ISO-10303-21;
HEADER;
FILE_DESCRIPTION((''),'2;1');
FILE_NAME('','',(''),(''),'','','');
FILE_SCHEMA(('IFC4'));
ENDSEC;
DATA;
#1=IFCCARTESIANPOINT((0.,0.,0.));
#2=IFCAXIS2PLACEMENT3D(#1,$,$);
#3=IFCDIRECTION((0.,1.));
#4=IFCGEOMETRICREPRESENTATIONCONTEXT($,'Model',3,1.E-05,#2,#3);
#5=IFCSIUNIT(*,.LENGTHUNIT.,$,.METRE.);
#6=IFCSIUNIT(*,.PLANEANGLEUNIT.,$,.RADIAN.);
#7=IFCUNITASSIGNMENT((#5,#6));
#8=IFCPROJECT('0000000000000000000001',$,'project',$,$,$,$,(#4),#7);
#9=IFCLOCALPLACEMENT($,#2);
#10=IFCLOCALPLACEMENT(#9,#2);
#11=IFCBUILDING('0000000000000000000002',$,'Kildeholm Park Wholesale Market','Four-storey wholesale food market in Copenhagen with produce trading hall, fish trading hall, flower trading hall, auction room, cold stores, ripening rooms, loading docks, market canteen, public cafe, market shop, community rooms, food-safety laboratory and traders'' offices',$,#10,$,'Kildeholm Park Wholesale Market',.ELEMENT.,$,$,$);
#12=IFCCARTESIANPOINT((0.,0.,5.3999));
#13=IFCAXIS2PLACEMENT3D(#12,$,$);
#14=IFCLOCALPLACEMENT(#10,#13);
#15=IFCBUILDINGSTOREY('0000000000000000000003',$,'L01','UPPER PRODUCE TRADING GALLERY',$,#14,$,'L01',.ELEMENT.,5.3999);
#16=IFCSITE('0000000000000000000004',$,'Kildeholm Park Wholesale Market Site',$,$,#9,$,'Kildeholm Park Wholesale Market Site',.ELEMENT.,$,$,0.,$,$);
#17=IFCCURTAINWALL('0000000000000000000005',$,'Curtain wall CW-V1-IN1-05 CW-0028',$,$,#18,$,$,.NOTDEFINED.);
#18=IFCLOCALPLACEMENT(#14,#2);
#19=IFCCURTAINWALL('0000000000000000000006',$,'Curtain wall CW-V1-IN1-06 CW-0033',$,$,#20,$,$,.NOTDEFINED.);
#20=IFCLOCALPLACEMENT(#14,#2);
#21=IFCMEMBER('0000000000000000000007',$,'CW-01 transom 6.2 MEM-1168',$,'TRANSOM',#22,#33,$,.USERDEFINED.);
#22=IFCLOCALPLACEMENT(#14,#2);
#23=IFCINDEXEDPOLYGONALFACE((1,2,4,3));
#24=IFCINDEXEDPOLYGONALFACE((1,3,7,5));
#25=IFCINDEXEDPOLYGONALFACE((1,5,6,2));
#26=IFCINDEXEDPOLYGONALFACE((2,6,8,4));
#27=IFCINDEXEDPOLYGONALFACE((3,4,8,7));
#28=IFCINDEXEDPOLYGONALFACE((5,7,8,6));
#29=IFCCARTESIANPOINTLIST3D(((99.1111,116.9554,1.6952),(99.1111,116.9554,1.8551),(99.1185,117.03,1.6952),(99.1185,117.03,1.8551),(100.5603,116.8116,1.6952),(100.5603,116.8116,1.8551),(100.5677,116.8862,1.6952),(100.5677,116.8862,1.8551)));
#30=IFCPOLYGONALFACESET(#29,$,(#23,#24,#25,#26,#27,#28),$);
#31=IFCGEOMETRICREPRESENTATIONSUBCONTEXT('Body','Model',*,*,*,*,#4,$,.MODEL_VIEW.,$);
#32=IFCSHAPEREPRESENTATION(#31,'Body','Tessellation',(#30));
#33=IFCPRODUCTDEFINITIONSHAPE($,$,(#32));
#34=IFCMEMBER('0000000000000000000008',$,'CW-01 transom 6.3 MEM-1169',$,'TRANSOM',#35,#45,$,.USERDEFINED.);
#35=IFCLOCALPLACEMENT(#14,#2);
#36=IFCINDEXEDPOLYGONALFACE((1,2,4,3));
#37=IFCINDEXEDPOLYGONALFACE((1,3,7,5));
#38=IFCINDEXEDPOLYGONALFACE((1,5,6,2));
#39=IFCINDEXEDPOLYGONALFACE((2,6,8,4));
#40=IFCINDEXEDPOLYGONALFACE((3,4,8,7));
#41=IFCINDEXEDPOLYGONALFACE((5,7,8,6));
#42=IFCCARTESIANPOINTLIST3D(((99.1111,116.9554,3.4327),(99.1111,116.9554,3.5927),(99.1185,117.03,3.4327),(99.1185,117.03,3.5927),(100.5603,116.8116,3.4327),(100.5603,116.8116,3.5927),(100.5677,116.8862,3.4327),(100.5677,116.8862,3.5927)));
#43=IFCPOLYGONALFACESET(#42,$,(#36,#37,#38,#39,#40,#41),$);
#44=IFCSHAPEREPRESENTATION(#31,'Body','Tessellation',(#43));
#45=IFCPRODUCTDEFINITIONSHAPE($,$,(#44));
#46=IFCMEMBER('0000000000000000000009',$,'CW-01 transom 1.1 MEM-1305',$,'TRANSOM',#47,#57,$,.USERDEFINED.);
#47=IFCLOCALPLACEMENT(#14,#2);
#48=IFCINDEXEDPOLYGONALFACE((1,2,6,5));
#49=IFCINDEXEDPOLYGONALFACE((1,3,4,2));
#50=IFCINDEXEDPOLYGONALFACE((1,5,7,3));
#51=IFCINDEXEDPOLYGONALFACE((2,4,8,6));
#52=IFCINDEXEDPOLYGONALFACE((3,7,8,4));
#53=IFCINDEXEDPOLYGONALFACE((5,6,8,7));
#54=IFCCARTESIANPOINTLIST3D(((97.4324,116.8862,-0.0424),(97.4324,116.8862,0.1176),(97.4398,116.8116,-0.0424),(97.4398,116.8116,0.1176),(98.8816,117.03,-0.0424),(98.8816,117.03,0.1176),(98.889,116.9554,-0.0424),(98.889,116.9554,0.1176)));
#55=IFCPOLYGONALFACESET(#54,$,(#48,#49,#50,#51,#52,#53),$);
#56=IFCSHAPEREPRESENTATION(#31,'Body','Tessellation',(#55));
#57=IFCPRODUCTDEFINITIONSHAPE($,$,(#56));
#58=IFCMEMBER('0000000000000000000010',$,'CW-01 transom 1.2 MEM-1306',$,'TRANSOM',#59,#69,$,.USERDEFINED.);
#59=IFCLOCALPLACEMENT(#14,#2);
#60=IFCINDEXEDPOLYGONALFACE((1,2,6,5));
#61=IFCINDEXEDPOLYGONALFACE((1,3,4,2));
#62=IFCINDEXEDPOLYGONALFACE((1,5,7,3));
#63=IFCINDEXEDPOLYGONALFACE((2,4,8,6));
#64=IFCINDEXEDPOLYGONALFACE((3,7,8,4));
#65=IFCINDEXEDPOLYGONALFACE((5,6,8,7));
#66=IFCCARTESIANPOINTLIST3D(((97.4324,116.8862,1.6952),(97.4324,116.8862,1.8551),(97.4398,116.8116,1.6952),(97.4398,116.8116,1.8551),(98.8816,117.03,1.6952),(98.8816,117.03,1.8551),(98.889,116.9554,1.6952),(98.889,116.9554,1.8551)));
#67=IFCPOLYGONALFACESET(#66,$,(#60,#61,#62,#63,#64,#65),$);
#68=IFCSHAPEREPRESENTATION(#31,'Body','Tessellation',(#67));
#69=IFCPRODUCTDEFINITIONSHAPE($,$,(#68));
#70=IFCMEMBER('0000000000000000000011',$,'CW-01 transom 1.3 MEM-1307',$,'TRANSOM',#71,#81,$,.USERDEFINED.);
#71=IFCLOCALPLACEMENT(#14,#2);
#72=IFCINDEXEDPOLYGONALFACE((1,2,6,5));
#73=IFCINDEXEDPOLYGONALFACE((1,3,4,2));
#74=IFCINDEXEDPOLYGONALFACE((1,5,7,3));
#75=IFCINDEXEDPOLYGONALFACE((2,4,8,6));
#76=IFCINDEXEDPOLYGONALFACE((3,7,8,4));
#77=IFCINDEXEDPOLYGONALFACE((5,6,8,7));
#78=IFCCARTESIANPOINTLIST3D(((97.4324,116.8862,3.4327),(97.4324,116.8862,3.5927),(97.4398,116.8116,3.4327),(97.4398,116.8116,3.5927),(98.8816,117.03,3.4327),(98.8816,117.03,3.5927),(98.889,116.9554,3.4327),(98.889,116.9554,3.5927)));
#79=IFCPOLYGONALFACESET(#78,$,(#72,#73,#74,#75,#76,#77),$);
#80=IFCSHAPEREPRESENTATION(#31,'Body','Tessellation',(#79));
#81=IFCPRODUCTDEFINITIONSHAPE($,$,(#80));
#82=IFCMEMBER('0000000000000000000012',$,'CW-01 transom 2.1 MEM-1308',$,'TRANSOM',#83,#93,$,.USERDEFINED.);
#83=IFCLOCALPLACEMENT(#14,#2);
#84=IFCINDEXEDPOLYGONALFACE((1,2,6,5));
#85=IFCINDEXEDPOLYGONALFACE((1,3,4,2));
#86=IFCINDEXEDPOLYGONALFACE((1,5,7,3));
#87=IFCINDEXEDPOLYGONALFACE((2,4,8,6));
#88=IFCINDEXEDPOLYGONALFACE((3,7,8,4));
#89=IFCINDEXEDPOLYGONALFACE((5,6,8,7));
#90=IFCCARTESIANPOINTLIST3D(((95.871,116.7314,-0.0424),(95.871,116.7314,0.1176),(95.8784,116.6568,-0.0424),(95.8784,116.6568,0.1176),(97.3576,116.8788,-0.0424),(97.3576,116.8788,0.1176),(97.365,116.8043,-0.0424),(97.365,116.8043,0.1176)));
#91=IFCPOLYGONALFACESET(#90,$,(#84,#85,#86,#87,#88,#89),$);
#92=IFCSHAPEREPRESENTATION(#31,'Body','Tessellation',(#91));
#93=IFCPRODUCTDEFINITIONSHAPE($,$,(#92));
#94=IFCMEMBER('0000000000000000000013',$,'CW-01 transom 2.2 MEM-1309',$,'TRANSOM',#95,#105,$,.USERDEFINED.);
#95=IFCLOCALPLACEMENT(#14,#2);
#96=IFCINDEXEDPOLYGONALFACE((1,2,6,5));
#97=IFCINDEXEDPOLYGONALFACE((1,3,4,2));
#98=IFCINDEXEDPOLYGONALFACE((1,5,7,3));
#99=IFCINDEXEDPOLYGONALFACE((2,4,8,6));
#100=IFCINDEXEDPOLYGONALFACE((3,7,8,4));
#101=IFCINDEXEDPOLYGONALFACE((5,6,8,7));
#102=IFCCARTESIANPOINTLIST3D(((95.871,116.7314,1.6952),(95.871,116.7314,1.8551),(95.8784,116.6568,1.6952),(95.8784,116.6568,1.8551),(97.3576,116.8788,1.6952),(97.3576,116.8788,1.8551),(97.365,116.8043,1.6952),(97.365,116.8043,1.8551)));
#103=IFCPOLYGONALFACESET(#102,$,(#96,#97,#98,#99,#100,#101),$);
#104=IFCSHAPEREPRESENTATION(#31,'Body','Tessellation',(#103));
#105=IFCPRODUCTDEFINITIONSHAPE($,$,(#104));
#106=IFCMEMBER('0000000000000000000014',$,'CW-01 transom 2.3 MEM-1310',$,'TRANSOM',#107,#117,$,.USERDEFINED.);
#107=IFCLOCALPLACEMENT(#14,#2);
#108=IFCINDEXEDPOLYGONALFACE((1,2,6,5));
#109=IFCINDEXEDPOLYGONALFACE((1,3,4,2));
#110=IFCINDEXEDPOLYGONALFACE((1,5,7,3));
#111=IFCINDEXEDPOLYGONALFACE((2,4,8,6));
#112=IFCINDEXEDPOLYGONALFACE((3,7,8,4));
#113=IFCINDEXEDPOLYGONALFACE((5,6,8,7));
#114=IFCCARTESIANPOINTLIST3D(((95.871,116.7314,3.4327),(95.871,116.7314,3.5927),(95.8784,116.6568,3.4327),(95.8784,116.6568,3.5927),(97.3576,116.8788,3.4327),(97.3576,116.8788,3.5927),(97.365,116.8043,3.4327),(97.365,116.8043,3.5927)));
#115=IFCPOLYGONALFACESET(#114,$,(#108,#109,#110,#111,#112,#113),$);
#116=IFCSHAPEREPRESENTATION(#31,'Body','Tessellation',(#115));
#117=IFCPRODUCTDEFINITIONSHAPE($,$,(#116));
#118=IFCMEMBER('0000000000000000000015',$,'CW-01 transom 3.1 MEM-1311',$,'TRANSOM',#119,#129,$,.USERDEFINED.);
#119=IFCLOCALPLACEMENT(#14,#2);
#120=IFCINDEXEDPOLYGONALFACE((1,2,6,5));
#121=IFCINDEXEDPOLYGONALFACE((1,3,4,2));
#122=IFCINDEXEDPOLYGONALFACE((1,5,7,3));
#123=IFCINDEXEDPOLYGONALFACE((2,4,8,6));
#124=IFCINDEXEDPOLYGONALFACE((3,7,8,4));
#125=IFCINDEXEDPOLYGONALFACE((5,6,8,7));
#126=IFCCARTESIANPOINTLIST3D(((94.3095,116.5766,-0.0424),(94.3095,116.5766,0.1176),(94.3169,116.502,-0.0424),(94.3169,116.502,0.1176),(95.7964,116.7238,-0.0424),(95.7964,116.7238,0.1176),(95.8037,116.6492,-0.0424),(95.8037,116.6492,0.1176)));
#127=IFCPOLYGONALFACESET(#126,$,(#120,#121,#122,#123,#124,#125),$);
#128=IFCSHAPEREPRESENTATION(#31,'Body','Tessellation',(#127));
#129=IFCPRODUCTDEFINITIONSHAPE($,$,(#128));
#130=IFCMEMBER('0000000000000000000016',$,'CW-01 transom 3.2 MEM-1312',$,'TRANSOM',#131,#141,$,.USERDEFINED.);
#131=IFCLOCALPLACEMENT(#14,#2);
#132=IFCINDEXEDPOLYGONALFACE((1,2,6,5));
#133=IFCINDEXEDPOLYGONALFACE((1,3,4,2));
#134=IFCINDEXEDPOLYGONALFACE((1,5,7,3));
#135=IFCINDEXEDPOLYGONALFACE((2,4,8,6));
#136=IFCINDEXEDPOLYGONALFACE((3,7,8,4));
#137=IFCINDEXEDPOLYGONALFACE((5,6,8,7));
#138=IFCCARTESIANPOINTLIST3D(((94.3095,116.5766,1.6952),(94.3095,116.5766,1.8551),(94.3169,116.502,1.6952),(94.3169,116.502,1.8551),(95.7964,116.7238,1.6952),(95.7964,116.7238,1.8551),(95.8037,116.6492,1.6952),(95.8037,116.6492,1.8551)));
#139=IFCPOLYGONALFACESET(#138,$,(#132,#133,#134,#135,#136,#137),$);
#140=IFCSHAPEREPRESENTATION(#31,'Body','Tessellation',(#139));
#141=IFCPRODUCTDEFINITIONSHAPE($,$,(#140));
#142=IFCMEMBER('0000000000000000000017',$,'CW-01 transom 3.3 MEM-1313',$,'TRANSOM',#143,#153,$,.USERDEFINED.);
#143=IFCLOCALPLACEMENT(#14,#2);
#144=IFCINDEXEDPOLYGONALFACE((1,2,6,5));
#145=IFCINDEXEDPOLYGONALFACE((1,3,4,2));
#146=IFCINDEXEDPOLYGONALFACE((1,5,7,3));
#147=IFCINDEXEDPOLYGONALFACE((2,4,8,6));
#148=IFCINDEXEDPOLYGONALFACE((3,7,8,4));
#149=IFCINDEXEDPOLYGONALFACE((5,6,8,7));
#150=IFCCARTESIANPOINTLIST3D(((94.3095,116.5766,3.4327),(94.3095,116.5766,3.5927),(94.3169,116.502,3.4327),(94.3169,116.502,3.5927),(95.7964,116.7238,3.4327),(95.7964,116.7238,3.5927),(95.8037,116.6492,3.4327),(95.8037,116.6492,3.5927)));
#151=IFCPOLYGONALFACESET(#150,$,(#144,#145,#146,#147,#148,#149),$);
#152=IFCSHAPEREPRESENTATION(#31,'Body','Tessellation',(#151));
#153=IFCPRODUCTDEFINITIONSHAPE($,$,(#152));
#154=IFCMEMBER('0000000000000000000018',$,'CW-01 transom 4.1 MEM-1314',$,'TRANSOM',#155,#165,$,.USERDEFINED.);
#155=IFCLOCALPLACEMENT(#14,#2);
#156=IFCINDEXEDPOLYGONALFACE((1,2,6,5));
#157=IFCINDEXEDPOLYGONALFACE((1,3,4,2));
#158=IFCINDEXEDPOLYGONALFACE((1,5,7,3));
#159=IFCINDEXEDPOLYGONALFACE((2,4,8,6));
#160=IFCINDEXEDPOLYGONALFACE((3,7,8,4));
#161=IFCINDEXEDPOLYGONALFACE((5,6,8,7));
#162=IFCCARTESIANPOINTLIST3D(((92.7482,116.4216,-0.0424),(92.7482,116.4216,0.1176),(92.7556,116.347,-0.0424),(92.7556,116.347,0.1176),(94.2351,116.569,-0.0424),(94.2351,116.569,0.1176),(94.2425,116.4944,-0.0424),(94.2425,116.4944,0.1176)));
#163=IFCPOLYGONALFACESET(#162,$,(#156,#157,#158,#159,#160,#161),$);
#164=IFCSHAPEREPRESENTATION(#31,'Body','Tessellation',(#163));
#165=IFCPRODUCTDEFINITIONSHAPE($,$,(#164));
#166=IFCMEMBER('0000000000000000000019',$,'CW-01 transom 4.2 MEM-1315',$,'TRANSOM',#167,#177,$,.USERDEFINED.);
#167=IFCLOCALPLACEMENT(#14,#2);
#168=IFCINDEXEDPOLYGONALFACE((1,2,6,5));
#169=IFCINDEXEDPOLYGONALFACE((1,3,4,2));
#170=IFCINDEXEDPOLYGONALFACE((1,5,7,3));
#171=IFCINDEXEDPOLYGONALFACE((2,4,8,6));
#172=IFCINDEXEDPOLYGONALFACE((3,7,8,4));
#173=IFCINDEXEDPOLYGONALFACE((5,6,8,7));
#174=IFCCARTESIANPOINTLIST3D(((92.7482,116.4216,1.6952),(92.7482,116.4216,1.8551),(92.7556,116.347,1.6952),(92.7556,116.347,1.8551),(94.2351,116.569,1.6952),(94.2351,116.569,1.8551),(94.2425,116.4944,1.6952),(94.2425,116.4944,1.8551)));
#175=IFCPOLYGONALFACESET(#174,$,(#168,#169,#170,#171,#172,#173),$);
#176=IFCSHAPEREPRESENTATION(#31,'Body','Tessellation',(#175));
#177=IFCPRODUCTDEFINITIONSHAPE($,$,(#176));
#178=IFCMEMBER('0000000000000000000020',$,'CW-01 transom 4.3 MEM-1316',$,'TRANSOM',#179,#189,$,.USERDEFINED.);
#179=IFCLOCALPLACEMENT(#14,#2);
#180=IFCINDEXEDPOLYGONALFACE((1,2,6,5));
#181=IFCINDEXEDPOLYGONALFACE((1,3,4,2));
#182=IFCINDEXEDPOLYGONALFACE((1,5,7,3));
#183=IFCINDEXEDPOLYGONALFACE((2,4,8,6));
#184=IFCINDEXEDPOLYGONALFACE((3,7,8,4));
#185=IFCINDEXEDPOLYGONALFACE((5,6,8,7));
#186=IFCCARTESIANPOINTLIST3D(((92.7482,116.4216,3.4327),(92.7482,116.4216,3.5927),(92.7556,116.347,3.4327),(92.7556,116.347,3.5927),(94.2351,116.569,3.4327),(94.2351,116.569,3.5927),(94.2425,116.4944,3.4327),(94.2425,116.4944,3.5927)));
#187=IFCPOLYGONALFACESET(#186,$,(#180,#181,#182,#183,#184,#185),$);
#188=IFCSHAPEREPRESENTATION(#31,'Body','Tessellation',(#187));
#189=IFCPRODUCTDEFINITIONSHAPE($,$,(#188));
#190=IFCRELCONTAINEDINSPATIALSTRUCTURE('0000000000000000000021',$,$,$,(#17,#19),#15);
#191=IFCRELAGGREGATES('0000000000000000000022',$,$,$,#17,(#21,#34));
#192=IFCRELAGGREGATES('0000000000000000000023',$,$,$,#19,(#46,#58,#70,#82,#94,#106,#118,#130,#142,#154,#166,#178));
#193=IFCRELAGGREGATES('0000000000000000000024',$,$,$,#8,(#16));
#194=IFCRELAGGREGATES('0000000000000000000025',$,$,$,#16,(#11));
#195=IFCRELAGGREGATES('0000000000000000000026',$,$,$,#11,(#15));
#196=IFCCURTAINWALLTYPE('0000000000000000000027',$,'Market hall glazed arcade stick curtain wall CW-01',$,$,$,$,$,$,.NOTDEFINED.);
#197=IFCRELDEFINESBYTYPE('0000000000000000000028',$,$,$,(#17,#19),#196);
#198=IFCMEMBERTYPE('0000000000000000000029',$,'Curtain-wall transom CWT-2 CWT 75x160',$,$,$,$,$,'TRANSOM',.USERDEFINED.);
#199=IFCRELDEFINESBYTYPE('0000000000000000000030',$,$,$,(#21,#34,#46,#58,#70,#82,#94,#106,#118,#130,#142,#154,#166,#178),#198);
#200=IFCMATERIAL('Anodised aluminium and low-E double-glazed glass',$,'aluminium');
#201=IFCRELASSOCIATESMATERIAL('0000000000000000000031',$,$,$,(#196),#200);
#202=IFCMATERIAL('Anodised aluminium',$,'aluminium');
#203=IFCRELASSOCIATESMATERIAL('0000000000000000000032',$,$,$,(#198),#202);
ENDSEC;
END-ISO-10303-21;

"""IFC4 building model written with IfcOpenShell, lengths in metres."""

from ifc_helpers import new_model, si_unit, direction, frame, origin, origin_2d, place, context, subcontext, project, spatial, rectangle, extrude, material, material_profile, profile_set, type_object, element, aggregate, save


model = new_model("IFC4")

# Units and contexts
model_context = context("Model", 3, precision=1e-05, world=origin(), true_north=direction((0.0, 1.0)))
body_context = subcontext(model_context, "Body", "Model", "MODEL_VIEW")
ifc_project = project(units=[si_unit("LENGTHUNIT", "METRE"), si_unit("PLANEANGLEUNIT", "RADIAN")], contexts=[model_context])

# Site, building, storey
site_placement = place(None, origin())
site = spatial("IfcSite", under=ifc_project, at=site_placement, Name="Kildeholm Park Wholesale Market Site", LongName="Kildeholm Park Wholesale Market Site", CompositionType="ELEMENT", RefElevation=0.0)
building_placement = place(site_placement, origin())
building = spatial("IfcBuilding", under=site, at=building_placement, Name="Kildeholm Park Wholesale Market", Description="Four-storey wholesale food market in Copenhagen with produce trading hall, fish trading hall, flower trading hall, auction room, cold stores, ripening rooms, loading docks, market canteen, public cafe, market shop, community rooms, food-safety laboratory and traders' offices", LongName="Kildeholm Park Wholesale Market", CompositionType="ELEMENT")
storey_placement = place(building_placement, frame((0.0, 0.0, 5.3999)))
storey = spatial("IfcBuildingStorey", under=building, at=storey_placement, Name="L01", Description="UPPER PRODUCE TRADING GALLERY", LongName="L01", CompositionType="ELEMENT", Elevation=5.3999)

# Curtain walls
ifc_material_1 = material(Name="Anodised aluminium and low-E double-glazed glass", Category="aluminium")
curtain_wall_type = type_object("IfcCurtainWallType", Name="Market hall glazed arcade stick curtain wall CW-01", PredefinedType="NOTDEFINED", material=ifc_material_1)
curtain_wall_1_placement = place(storey_placement, origin())
curtain_wall_1 = element("IfcCurtainWall", 1, at=curtain_wall_1_placement, inside=storey, type_object=curtain_wall_type, Name="Curtain wall CW-V1-IN1-05 CW-0028", PredefinedType="NOTDEFINED")
ifc_material_2 = material(Name="Anodised aluminium", Category="aluminium")
curtain_wall_2_placement = place(storey_placement, origin())
curtain_wall_2 = element("IfcCurtainWall", 2, at=curtain_wall_2_placement, inside=storey, type_object=curtain_wall_type, Name="Curtain wall CW-V1-IN1-06 CW-0033", PredefinedType="NOTDEFINED")

# Members
ifc_material_profile_1 = material_profile(ifc_material_2, rectangle(XDim=0.075, YDim=0.1599, at=origin_2d()), Name="CWT 75x160")
ifc_profile_set_1 = profile_set([ifc_material_profile_1], Name="Anodised aluminium")
member_type_1 = type_object("IfcMemberType", Name="Curtain-wall transom CWT-2 CWT 75x160", ElementType="TRANSOM", PredefinedType="USERDEFINED", material=ifc_profile_set_1)
member_1_placement = place(storey_placement, frame((100.564, 116.8489, 1.7751), z_axis=(-0.995113, 0.09874, 0.0), x_axis=(-0.09874, -0.995113, 0.0)))
member_1 = element("IfcMember", 3, at=member_1_placement, type_object=member_type_1, Name="CW-01 transom 6.2 MEM-1168", ObjectType="TRANSOM", PredefinedType="USERDEFINED", context=body_context, shape_type="SweptSolid", body=[
    extrude(rectangle(XDim=0.075, YDim=0.1599, at=origin_2d()), origin(), (0.0, 0.0, 1.0), 1.4563),
])
member_2_placement = place(storey_placement, frame((100.564, 116.8489, 3.5127), z_axis=(-0.995113, 0.09874, 0.0), x_axis=(-0.09874, -0.995113, 0.0)))
member_2 = element("IfcMember", 4, at=member_2_placement, type_object=member_type_1, Name="CW-01 transom 6.3 MEM-1169", ObjectType="TRANSOM", PredefinedType="USERDEFINED", context=body_context, shape_type="SweptSolid", body=[
    extrude(rectangle(XDim=0.075, YDim=0.1599, at=origin_2d()), origin(), (0.0, 0.0, 1.0), 1.4563),
])
member_3_placement = place(storey_placement, frame((98.8853, 116.9927, 0.0376), z_axis=(-0.995113, -0.09874, 0.0), x_axis=(0.09874, -0.995113, 0.0)))
member_3 = element("IfcMember", 5, at=member_3_placement, type_object=member_type_1, Name="CW-01 transom 1.1 MEM-1305", ObjectType="TRANSOM", PredefinedType="USERDEFINED", context=body_context, shape_type="SweptSolid", body=[
    extrude(rectangle(XDim=0.075, YDim=0.1599, at=origin_2d()), origin(), (0.0, 0.0, 1.0), 1.4563),
])
member_4_placement = place(storey_placement, frame((98.8853, 116.9927, 1.7751), z_axis=(-0.995113, -0.09874, 0.0), x_axis=(0.09874, -0.995113, 0.0)))
member_4 = element("IfcMember", 6, at=member_4_placement, type_object=member_type_1, Name="CW-01 transom 1.2 MEM-1306", ObjectType="TRANSOM", PredefinedType="USERDEFINED", context=body_context, shape_type="SweptSolid", body=[
    extrude(rectangle(XDim=0.075, YDim=0.1599, at=origin_2d()), origin(), (0.0, 0.0, 1.0), 1.4563),
])
member_5_placement = place(storey_placement, frame((98.8853, 116.9927, 3.5127), z_axis=(-0.995113, -0.09874, 0.0), x_axis=(0.09874, -0.995113, 0.0)))
member_5 = element("IfcMember", 7, at=member_5_placement, type_object=member_type_1, Name="CW-01 transom 1.3 MEM-1307", ObjectType="TRANSOM", PredefinedType="USERDEFINED", context=body_context, shape_type="SweptSolid", body=[
    extrude(rectangle(XDim=0.075, YDim=0.1599, at=origin_2d()), origin(), (0.0, 0.0, 1.0), 1.4563),
])
member_6_placement = place(storey_placement, frame((97.3613, 116.8416, 0.0376), z_axis=(-0.995116, -0.098711, 0.0), x_axis=(0.098711, -0.995116, 0.0)))
member_6 = element("IfcMember", 8, at=member_6_placement, type_object=member_type_1, Name="CW-01 transom 2.1 MEM-1308", ObjectType="TRANSOM", PredefinedType="USERDEFINED", context=body_context, shape_type="SweptSolid", body=[
    extrude(rectangle(XDim=0.075, YDim=0.1599, at=origin_2d()), origin(), (0.0, 0.0, 1.0), 1.4939),
])
member_7_placement = place(storey_placement, frame((97.3613, 116.8416, 1.7751), z_axis=(-0.995116, -0.098711, 0.0), x_axis=(0.098711, -0.995116, 0.0)))
member_7 = element("IfcMember", 9, at=member_7_placement, type_object=member_type_1, Name="CW-01 transom 2.2 MEM-1309", ObjectType="TRANSOM", PredefinedType="USERDEFINED", context=body_context, shape_type="SweptSolid", body=[
    extrude(rectangle(XDim=0.075, YDim=0.1599, at=origin_2d()), origin(), (0.0, 0.0, 1.0), 1.4939),
])
member_8_placement = place(storey_placement, frame((97.3613, 116.8416, 3.5127), z_axis=(-0.995116, -0.098711, 0.0), x_axis=(0.098711, -0.995116, 0.0)))
member_8 = element("IfcMember", 10, at=member_8_placement, type_object=member_type_1, Name="CW-01 transom 2.3 MEM-1310", ObjectType="TRANSOM", PredefinedType="USERDEFINED", context=body_context, shape_type="SweptSolid", body=[
    extrude(rectangle(XDim=0.075, YDim=0.1599, at=origin_2d()), origin(), (0.0, 0.0, 1.0), 1.4939),
])
member_9_placement = place(storey_placement, frame((95.8, 116.6865, 0.0376), z_axis=(-0.995134, -0.098533, 0.0), x_axis=(0.098533, -0.995134, 0.0)))
member_9 = element("IfcMember", 11, at=member_9_placement, type_object=member_type_1, Name="CW-01 transom 3.1 MEM-1311", ObjectType="TRANSOM", PredefinedType="USERDEFINED", context=body_context, shape_type="SweptSolid", body=[
    extrude(rectangle(XDim=0.075, YDim=0.1599, at=origin_2d()), origin(), (0.0, 0.0, 1.0), 1.4941),
])
member_10_placement = place(storey_placement, frame((95.8, 116.6865, 1.7751), z_axis=(-0.995134, -0.098533, 0.0), x_axis=(0.098533, -0.995134, 0.0)))
member_10 = element("IfcMember", 12, at=member_10_placement, type_object=member_type_1, Name="CW-01 transom 3.2 MEM-1312", ObjectType="TRANSOM", PredefinedType="USERDEFINED", context=body_context, shape_type="SweptSolid", body=[
    extrude(rectangle(XDim=0.075, YDim=0.1599, at=origin_2d()), origin(), (0.0, 0.0, 1.0), 1.4941),
])
member_11_placement = place(storey_placement, frame((95.8, 116.6865, 3.5127), z_axis=(-0.995134, -0.098533, 0.0), x_axis=(0.098533, -0.995134, 0.0)))
member_11 = element("IfcMember", 13, at=member_11_placement, type_object=member_type_1, Name="CW-01 transom 3.3 MEM-1313", ObjectType="TRANSOM", PredefinedType="USERDEFINED", context=body_context, shape_type="SweptSolid", body=[
    extrude(rectangle(XDim=0.075, YDim=0.1599, at=origin_2d()), origin(), (0.0, 0.0, 1.0), 1.4941),
])
member_12_placement = place(storey_placement, frame((94.2388, 116.5317, 0.0376), z_axis=(-0.995118, -0.098695, 0.0), x_axis=(0.098695, -0.995118, 0.0)))
member_12 = element("IfcMember", 14, at=member_12_placement, type_object=member_type_1, Name="CW-01 transom 4.1 MEM-1314", ObjectType="TRANSOM", PredefinedType="USERDEFINED", context=body_context, shape_type="SweptSolid", body=[
    extrude(rectangle(XDim=0.075, YDim=0.1599, at=origin_2d()), origin(), (0.0, 0.0, 1.0), 1.4941),
])
member_13_placement = place(storey_placement, frame((94.2388, 116.5317, 1.7751), z_axis=(-0.995118, -0.098695, 0.0), x_axis=(0.098695, -0.995118, 0.0)))
member_13 = element("IfcMember", 15, at=member_13_placement, type_object=member_type_1, Name="CW-01 transom 4.2 MEM-1315", ObjectType="TRANSOM", PredefinedType="USERDEFINED", context=body_context, shape_type="SweptSolid", body=[
    extrude(rectangle(XDim=0.075, YDim=0.1599, at=origin_2d()), origin(), (0.0, 0.0, 1.0), 1.4941),
])
member_14_placement = place(storey_placement, frame((94.2388, 116.5317, 3.5127), z_axis=(-0.995118, -0.098695, 0.0), x_axis=(0.098695, -0.995118, 0.0)))
member_14 = element("IfcMember", 16, at=member_14_placement, type_object=member_type_1, Name="CW-01 transom 4.3 MEM-1316", ObjectType="TRANSOM", PredefinedType="USERDEFINED", context=body_context, shape_type="SweptSolid", body=[
    extrude(rectangle(XDim=0.075, YDim=0.1599, at=origin_2d()), origin(), (0.0, 0.0, 1.0), 1.4941),
])

aggregate(curtain_wall_1, [member_1, member_2])
aggregate(curtain_wall_2, [member_3, member_4, member_5, member_6, member_7, member_8, member_9, member_10, member_11, member_12, member_13, member_14])

save(model, "model.ifc")
